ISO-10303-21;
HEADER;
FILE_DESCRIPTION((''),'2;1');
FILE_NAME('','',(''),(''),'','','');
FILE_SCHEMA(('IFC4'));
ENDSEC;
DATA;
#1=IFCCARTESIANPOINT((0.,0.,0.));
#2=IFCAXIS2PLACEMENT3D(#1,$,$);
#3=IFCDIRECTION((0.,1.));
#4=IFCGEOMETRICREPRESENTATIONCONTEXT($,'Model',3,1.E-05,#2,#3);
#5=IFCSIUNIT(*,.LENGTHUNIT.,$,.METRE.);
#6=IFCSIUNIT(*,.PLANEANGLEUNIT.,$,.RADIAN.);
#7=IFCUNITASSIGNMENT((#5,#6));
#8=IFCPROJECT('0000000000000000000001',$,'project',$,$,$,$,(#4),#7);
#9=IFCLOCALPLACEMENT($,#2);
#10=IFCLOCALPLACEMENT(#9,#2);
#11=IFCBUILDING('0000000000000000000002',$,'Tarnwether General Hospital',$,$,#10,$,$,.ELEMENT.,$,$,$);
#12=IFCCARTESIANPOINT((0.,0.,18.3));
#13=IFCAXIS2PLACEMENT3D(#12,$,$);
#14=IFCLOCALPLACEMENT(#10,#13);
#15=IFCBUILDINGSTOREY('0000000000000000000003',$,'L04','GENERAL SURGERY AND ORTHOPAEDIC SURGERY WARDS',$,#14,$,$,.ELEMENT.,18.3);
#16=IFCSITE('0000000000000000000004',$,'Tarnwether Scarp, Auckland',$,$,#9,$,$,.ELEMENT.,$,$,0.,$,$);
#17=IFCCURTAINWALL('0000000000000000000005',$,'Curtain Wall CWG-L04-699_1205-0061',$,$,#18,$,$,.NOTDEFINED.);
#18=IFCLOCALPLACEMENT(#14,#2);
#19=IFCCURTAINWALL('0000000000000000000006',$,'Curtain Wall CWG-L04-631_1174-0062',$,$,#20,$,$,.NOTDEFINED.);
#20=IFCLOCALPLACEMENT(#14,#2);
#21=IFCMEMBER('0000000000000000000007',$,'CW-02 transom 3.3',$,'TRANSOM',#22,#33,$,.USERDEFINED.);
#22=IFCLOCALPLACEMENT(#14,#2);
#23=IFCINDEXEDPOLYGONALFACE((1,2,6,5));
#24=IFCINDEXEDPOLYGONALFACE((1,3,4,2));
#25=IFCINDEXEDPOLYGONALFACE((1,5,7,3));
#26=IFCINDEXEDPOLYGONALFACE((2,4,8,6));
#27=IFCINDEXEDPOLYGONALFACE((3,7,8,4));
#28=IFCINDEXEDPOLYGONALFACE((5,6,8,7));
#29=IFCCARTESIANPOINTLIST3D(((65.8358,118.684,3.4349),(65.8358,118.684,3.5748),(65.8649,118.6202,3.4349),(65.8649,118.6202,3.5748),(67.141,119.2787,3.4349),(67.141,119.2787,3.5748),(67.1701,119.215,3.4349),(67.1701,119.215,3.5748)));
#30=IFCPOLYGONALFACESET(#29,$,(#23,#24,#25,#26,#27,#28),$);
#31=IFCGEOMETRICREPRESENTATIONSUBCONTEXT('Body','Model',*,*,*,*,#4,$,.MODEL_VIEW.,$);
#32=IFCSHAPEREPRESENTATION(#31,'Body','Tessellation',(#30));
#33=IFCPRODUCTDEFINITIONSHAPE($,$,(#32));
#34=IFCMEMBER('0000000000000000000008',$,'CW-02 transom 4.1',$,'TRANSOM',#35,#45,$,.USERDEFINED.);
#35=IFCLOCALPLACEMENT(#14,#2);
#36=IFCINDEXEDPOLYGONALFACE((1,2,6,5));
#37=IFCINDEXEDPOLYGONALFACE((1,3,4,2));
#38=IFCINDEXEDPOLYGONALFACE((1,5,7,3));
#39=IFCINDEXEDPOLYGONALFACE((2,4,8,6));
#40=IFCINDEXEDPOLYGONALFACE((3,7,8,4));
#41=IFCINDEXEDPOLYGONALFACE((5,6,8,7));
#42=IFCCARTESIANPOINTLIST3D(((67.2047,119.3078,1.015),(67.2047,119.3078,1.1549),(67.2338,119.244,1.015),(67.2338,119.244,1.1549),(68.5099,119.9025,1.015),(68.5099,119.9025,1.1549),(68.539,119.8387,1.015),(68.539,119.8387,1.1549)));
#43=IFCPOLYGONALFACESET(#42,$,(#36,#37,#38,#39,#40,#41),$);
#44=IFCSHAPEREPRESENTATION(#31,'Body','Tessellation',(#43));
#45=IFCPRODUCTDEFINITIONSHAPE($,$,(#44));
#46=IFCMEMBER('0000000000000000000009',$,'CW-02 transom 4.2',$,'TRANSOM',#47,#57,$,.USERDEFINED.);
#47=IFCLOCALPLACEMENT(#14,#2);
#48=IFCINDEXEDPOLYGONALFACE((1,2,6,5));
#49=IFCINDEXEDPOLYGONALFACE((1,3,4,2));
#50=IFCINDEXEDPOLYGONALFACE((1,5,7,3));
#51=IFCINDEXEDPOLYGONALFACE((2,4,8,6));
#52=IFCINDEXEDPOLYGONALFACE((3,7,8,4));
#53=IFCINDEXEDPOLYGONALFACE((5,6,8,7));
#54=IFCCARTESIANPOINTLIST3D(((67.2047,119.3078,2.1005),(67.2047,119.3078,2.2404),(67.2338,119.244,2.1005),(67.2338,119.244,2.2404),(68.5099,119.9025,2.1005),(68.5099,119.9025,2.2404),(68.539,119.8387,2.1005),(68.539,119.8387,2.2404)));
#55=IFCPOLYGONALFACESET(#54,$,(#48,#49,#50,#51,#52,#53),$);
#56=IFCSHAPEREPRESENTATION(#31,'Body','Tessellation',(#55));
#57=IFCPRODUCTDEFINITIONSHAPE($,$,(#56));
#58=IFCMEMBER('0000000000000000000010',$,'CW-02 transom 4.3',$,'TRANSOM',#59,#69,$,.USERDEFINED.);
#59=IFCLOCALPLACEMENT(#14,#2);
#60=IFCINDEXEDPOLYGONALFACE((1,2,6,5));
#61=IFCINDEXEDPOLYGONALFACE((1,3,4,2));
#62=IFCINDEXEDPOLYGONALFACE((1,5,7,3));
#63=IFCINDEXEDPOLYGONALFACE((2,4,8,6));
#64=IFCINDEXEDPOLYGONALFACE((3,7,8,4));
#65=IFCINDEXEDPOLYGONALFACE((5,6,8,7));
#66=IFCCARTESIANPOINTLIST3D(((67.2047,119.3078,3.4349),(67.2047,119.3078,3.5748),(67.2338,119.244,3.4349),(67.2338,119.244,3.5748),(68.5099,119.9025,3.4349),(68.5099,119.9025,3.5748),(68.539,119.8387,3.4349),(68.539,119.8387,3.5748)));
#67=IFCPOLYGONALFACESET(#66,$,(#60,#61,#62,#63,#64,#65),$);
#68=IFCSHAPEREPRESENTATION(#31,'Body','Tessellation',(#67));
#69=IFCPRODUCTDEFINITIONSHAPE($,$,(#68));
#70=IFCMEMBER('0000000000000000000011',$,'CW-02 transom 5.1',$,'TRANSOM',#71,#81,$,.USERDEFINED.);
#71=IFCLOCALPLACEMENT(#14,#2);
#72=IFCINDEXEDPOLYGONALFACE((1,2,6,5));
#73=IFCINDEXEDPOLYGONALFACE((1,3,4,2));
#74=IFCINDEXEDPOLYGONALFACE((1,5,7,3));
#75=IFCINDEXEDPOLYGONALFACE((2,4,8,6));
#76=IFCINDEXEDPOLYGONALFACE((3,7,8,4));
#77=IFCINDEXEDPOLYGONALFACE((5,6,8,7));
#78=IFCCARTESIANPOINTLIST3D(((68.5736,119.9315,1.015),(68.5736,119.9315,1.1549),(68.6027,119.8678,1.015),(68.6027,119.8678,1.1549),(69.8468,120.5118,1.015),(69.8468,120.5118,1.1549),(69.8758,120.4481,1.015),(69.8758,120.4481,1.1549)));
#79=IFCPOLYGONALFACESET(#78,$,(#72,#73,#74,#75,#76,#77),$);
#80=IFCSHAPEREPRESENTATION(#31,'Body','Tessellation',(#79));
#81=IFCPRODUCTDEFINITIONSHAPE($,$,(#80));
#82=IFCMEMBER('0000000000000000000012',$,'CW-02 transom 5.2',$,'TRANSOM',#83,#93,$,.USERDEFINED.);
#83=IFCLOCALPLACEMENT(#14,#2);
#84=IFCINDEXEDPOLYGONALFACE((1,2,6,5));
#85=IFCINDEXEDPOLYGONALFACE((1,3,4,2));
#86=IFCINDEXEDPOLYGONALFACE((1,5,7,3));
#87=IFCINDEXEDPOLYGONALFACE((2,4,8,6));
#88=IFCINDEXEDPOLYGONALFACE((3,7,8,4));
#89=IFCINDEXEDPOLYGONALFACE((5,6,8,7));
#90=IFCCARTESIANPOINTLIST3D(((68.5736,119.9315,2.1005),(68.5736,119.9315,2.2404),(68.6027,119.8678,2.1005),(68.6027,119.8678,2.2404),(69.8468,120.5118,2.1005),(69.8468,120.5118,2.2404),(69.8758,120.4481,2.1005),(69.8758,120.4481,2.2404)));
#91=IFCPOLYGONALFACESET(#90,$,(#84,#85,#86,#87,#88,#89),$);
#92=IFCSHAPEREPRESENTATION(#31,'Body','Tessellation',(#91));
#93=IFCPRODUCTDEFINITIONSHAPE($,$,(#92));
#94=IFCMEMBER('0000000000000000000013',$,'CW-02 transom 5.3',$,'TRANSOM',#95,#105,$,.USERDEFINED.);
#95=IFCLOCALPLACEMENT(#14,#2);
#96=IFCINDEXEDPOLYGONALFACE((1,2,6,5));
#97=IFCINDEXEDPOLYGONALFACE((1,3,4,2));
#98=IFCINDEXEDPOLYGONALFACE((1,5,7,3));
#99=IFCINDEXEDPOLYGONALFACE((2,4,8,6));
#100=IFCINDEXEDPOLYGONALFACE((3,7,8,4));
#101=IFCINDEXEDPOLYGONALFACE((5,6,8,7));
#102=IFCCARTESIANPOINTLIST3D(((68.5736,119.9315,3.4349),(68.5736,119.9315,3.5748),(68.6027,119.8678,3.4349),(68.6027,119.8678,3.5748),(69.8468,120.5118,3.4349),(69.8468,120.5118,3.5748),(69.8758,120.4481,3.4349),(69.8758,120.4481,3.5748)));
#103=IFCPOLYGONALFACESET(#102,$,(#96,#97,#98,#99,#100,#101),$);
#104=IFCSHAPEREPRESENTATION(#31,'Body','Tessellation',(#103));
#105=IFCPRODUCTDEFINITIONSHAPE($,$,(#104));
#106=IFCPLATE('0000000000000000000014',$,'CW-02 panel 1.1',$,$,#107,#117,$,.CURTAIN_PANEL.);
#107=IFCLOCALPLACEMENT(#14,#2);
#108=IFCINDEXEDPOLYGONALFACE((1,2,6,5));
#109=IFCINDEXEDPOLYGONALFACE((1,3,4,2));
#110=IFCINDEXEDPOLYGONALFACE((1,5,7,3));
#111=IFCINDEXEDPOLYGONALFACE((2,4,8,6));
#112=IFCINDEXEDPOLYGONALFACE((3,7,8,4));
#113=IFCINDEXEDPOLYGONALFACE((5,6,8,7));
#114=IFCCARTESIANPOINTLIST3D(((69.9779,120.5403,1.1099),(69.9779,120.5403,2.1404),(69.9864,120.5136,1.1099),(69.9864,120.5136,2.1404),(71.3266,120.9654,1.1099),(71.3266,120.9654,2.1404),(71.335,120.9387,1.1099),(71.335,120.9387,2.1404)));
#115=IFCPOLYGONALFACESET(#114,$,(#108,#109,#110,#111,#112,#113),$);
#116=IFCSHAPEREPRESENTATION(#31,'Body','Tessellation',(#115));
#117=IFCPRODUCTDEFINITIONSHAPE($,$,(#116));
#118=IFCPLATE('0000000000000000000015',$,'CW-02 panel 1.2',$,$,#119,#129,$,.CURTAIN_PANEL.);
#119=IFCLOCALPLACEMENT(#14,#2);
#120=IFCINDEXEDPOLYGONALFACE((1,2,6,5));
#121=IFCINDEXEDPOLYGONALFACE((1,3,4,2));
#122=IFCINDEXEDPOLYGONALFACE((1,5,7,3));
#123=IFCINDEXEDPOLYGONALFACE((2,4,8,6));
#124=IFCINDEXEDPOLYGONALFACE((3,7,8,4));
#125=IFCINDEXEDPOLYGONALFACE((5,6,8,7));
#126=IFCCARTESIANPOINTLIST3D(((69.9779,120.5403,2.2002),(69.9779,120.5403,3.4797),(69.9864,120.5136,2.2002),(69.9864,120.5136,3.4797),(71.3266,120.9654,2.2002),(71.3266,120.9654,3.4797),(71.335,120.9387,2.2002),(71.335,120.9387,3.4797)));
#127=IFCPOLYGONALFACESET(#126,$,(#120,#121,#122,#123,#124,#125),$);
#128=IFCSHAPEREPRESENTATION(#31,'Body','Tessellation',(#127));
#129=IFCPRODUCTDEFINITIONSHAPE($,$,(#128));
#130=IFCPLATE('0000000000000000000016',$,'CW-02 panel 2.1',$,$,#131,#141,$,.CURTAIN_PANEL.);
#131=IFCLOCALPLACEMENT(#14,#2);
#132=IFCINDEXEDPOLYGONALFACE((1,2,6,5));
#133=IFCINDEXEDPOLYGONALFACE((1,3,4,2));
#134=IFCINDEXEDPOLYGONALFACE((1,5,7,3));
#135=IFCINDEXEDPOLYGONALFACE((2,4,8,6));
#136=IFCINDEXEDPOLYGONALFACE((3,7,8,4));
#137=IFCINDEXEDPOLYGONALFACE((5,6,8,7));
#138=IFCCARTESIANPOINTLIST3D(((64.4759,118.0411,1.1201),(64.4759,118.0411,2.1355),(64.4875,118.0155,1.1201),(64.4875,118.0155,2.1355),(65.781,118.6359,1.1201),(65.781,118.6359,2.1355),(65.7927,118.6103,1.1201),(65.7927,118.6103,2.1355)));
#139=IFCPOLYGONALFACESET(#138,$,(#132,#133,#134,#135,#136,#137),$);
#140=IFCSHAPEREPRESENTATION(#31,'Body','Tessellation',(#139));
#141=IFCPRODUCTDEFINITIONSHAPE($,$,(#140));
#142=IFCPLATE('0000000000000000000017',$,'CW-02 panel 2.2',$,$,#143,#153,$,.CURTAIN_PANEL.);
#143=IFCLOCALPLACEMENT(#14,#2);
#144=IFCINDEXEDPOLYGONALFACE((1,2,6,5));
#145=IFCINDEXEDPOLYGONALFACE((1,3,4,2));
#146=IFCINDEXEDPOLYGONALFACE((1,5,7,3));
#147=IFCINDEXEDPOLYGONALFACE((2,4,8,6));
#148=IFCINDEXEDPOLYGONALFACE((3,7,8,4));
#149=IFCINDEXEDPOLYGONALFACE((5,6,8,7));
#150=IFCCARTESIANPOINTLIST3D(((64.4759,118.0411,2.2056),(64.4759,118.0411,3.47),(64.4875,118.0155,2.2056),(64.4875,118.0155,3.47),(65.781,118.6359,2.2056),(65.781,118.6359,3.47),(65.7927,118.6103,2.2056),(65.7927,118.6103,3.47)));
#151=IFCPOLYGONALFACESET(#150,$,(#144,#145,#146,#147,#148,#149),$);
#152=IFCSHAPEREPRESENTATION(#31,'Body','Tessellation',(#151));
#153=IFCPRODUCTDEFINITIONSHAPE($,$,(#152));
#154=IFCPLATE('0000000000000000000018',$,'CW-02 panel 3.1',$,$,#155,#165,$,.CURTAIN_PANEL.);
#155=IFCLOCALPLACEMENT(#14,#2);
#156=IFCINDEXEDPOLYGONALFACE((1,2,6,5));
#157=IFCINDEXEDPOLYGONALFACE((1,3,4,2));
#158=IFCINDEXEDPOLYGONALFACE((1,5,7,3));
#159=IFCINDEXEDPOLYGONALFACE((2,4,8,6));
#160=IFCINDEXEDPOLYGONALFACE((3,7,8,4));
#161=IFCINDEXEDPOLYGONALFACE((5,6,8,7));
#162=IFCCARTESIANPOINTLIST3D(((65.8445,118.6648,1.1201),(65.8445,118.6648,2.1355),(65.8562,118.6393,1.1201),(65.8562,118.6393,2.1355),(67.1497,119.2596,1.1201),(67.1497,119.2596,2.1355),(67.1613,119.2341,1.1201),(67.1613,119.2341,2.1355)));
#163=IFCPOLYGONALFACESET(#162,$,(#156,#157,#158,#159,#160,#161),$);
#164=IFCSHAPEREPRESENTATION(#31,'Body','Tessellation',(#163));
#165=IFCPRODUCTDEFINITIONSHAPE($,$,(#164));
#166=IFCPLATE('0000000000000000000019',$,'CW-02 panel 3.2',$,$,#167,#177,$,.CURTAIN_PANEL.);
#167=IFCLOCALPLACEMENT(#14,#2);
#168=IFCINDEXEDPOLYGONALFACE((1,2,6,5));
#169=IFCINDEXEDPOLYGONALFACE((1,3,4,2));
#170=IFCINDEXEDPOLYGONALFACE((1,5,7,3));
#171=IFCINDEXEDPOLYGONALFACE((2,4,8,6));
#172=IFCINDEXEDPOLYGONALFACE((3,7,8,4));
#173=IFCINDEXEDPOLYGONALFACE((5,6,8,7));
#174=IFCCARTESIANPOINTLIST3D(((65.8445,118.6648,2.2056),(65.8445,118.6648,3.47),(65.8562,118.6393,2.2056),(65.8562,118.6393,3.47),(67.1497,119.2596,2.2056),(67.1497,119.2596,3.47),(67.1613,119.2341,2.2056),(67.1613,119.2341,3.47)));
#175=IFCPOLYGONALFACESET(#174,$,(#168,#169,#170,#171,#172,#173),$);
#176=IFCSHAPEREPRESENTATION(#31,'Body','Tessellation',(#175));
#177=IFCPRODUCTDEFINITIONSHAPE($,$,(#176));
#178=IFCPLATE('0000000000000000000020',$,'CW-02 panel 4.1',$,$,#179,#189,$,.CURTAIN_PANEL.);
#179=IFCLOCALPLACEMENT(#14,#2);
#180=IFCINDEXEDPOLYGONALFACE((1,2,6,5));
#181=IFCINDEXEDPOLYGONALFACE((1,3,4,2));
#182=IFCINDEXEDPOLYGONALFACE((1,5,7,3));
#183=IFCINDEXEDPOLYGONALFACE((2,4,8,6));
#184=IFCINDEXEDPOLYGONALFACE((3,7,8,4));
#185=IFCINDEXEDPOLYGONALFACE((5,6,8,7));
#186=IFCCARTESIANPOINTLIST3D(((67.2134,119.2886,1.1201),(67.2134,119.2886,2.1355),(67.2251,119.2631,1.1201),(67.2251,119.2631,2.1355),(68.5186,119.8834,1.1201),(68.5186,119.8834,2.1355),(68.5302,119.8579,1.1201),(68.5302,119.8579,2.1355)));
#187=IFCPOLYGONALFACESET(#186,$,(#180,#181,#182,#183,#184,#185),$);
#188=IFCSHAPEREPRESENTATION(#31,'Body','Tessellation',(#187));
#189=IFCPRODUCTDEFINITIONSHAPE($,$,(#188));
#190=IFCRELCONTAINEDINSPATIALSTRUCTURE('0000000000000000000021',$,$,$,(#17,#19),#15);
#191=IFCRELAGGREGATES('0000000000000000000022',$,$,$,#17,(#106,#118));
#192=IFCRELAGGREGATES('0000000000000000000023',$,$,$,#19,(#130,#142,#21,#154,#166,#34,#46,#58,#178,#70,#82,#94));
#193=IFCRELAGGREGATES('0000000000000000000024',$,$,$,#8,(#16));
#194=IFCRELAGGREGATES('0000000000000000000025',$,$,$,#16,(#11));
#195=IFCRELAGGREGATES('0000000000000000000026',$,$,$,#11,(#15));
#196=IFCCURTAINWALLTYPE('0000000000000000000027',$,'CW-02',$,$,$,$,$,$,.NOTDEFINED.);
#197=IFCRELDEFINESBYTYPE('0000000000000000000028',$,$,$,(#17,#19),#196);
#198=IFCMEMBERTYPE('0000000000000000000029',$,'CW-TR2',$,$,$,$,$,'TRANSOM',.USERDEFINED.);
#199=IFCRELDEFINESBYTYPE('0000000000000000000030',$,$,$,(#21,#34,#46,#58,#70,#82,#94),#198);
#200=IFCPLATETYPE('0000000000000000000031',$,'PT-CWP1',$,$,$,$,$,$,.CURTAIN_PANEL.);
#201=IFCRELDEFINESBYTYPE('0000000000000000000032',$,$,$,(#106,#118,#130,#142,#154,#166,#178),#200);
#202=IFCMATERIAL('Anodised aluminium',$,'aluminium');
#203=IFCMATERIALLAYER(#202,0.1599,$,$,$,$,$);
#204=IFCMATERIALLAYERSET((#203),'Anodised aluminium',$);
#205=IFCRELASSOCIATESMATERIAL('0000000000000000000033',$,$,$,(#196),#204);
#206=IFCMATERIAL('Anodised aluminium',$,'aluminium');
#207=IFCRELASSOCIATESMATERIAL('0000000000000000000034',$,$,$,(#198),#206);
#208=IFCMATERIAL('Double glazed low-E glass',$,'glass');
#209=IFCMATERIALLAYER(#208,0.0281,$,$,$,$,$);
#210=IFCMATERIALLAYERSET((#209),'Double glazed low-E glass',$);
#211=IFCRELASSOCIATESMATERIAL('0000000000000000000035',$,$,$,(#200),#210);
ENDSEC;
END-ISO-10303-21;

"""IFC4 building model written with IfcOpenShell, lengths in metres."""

from ifc_helpers import new_model, si_unit, direction, frame, origin, origin_2d, place, context, subcontext, project, spatial, rectangle, extrude, material, layer, layer_set, material_profile, profile_set, type_object, element, aggregate, save


model = new_model("IFC4")

# Units and contexts
model_context = context("Model", 3, precision=1e-05, world=origin(), true_north=direction((0.0, 1.0)))
body_context = subcontext(model_context, "Body", "Model", "MODEL_VIEW")
ifc_project = project(units=[si_unit("LENGTHUNIT", "METRE"), si_unit("PLANEANGLEUNIT", "RADIAN")], contexts=[model_context])

# Site, building, storey
site_placement = place(None, origin())
site = spatial("IfcSite", under=ifc_project, at=site_placement, Name="Tarnwether Scarp, Auckland", CompositionType="ELEMENT", RefElevation=0.0)
building_placement = place(site_placement, origin())
building = spatial("IfcBuilding", under=site, at=building_placement, Name="Tarnwether General Hospital", CompositionType="ELEMENT")
storey_placement = place(building_placement, frame((0.0, 0.0, 18.3)))
storey = spatial("IfcBuildingStorey", under=building, at=storey_placement, Name="L04", Description="GENERAL SURGERY AND ORTHOPAEDIC SURGERY WARDS", CompositionType="ELEMENT", Elevation=18.3)

# Curtain walls
ifc_material_1 = material(Name="Anodised aluminium", Category="aluminium")
ifc_layer_1 = layer(ifc_material_1, 0.1599)
ifc_layer_set_1 = layer_set([ifc_layer_1], Name="Anodised aluminium")
curtain_wall_type = type_object("IfcCurtainWallType", Name="CW-02", PredefinedType="NOTDEFINED", material=ifc_layer_set_1)
curtain_wall_1_placement = place(storey_placement, origin())
curtain_wall_1 = element("IfcCurtainWall", 1, at=curtain_wall_1_placement, inside=storey, type_object=curtain_wall_type, Name="Curtain Wall CWG-L04-699_1205-0061", PredefinedType="NOTDEFINED")
curtain_wall_2_placement = place(storey_placement, origin())
curtain_wall_2 = element("IfcCurtainWall", 2, at=curtain_wall_2_placement, inside=storey, type_object=curtain_wall_type, Name="Curtain Wall CWG-L04-631_1174-0062", PredefinedType="NOTDEFINED")

# Members
ifc_material_2 = material(Name="Anodised aluminium", Category="aluminium")
ifc_material_profile_1 = material_profile(ifc_material_2, rectangle(XDim=0.0701, YDim=0.1399, at=origin_2d()), Name="ALU-TRN-70x140")
ifc_profile_set_1 = profile_set([ifc_material_profile_1], Name="Anodised aluminium")
member_type_1 = type_object("IfcMemberType", Name="CW-TR2", ElementType="TRANSOM", PredefinedType="USERDEFINED", material=ifc_profile_set_1)
member_1_placement = place(storey_placement, frame((65.8503, 118.6521, 3.5049), z_axis=(0.909981, 0.414649, 0.0), x_axis=(-0.414649, 0.909981, 0.0)))
member_1 = element("IfcMember", 3, at=member_1_placement, type_object=member_type_1, Name="CW-02 transom 3.3", ObjectType="TRANSOM", PredefinedType="USERDEFINED", context=body_context, shape_type="SweptSolid", body=[
    extrude(rectangle(XDim=0.0701, YDim=0.1399, at=origin_2d()), origin(), (0.0, 0.0, 1.0), 1.4343),
])
member_2_placement = place(storey_placement, frame((67.2192, 119.2759, 1.085), z_axis=(0.909981, 0.414649, 0.0), x_axis=(-0.414649, 0.909981, 0.0)))
member_2 = element("IfcMember", 4, at=member_2_placement, type_object=member_type_1, Name="CW-02 transom 4.1", ObjectType="TRANSOM", PredefinedType="USERDEFINED", context=body_context, shape_type="SweptSolid", body=[
    extrude(rectangle(XDim=0.0701, YDim=0.1399, at=origin_2d()), origin(), (0.0, 0.0, 1.0), 1.4343),
])
member_3_placement = place(storey_placement, frame((67.2192, 119.2759, 2.1704), z_axis=(0.909981, 0.414649, 0.0), x_axis=(-0.414649, 0.909981, 0.0)))
member_3 = element("IfcMember", 5, at=member_3_placement, type_object=member_type_1, Name="CW-02 transom 4.2", ObjectType="TRANSOM", PredefinedType="USERDEFINED", context=body_context, shape_type="SweptSolid", body=[
    extrude(rectangle(XDim=0.0701, YDim=0.1399, at=origin_2d()), origin(), (0.0, 0.0, 1.0), 1.4343),
])
member_4_placement = place(storey_placement, frame((67.2192, 119.2759, 3.5049), z_axis=(0.909981, 0.414649, 0.0), x_axis=(-0.414649, 0.909981, 0.0)))
member_4 = element("IfcMember", 6, at=member_4_placement, type_object=member_type_1, Name="CW-02 transom 4.3", ObjectType="TRANSOM", PredefinedType="USERDEFINED", context=body_context, shape_type="SweptSolid", body=[
    extrude(rectangle(XDim=0.0701, YDim=0.1399, at=origin_2d()), origin(), (0.0, 0.0, 1.0), 1.4343),
])
member_5_placement = place(storey_placement, frame((68.5881, 119.8997, 1.085), z_axis=(0.909936, 0.414749, 0.0), x_axis=(-0.414749, 0.909936, 0.0)))
member_5 = element("IfcMember", 7, at=member_5_placement, type_object=member_type_1, Name="CW-02 transom 5.1", ObjectType="TRANSOM", PredefinedType="USERDEFINED", context=body_context, shape_type="SweptSolid", body=[
    extrude(rectangle(XDim=0.0701, YDim=0.1399, at=origin_2d()), origin(), (0.0, 0.0, 1.0), 1.3992),
])
member_6_placement = place(storey_placement, frame((68.5881, 119.8997, 2.1704), z_axis=(0.909936, 0.414749, 0.0), x_axis=(-0.414749, 0.909936, 0.0)))
member_6 = element("IfcMember", 8, at=member_6_placement, type_object=member_type_1, Name="CW-02 transom 5.2", ObjectType="TRANSOM", PredefinedType="USERDEFINED", context=body_context, shape_type="SweptSolid", body=[
    extrude(rectangle(XDim=0.0701, YDim=0.1399, at=origin_2d()), origin(), (0.0, 0.0, 1.0), 1.3992),
])
member_7_placement = place(storey_placement, frame((68.5881, 119.8997, 3.5049), z_axis=(0.909936, 0.414749, 0.0), x_axis=(-0.414749, 0.909936, 0.0)))
member_7 = element("IfcMember", 9, at=member_7_placement, type_object=member_type_1, Name="CW-02 transom 5.3", ObjectType="TRANSOM", PredefinedType="USERDEFINED", context=body_context, shape_type="SweptSolid", body=[
    extrude(rectangle(XDim=0.0701, YDim=0.1399, at=origin_2d()), origin(), (0.0, 0.0, 1.0), 1.3992),
])

# Plates
ifc_material_3 = material(Name="Double glazed low-E glass", Category="glass")
ifc_layer_2 = layer(ifc_material_3, 0.0281)
ifc_layer_set_2 = layer_set([ifc_layer_2], Name="Double glazed low-E glass")
plate_type_1 = type_object("IfcPlateType", Name="PT-CWP1", PredefinedType="CURTAIN_PANEL", material=ifc_layer_set_2)
plate_1_placement = place(storey_placement, frame((70.6565, 120.7395, 1.1099), z_axis=(0.0, 0.0, 1.0), x_axis=(0.953741, 0.300629, 0.0)))
plate_1 = element("IfcPlate", 10, at=plate_1_placement, type_object=plate_type_1, Name="CW-02 panel 1.1", PredefinedType="CURTAIN_PANEL", context=body_context, shape_type="SweptSolid", body=[
    extrude(rectangle(XDim=1.4141, YDim=0.0281, at=origin_2d()), origin(), (0.0, 0.0, 1.0), 1.0305),
])
plate_2_placement = place(storey_placement, frame((70.6565, 120.7395, 2.2002), z_axis=(0.0, 0.0, 1.0), x_axis=(0.953741, 0.300629, 0.0)))
plate_2 = element("IfcPlate", 11, at=plate_2_placement, type_object=plate_type_1, Name="CW-02 panel 1.2", PredefinedType="CURTAIN_PANEL", context=body_context, shape_type="SweptSolid", body=[
    extrude(rectangle(XDim=1.4141, YDim=0.0281, at=origin_2d()), origin(), (0.0, 0.0, 1.0), 1.2795),
])
aggregate(curtain_wall_1, [plate_1, plate_2])
plate_3_placement = place(storey_placement, frame((65.1343, 118.3257, 1.1201), z_axis=(0.0, 0.0, 1.0), x_axis=(0.909961, 0.414694, 0.0)))
plate_3 = element("IfcPlate", 12, at=plate_3_placement, type_object=plate_type_1, Name="CW-02 panel 2.1", PredefinedType="CURTAIN_PANEL", context=body_context, shape_type="SweptSolid", body=[
    extrude(rectangle(XDim=1.4343, YDim=0.0281, at=origin_2d()), origin(), (0.0, 0.0, 1.0), 1.0154),
])
plate_4_placement = place(storey_placement, frame((65.1343, 118.3257, 2.2056), z_axis=(0.0, 0.0, 1.0), x_axis=(0.909961, 0.414694, 0.0)))
plate_4 = element("IfcPlate", 13, at=plate_4_placement, type_object=plate_type_1, Name="CW-02 panel 2.2", PredefinedType="CURTAIN_PANEL", context=body_context, shape_type="SweptSolid", body=[
    extrude(rectangle(XDim=1.4343, YDim=0.0281, at=origin_2d()), origin(), (0.0, 0.0, 1.0), 1.2644),
])
plate_5_placement = place(storey_placement, frame((66.5029, 118.9495, 1.1201), z_axis=(0.0, 0.0, 1.0), x_axis=(0.909961, 0.414694, 0.0)))
plate_5 = element("IfcPlate", 14, at=plate_5_placement, type_object=plate_type_1, Name="CW-02 panel 3.1", PredefinedType="CURTAIN_PANEL", context=body_context, shape_type="SweptSolid", body=[
    extrude(rectangle(XDim=1.4343, YDim=0.0281, at=origin_2d()), origin(), (0.0, 0.0, 1.0), 1.0154),
])
plate_6_placement = place(storey_placement, frame((66.5029, 118.9495, 2.2056), z_axis=(0.0, 0.0, 1.0), x_axis=(0.909961, 0.414694, 0.0)))
plate_6 = element("IfcPlate", 15, at=plate_6_placement, type_object=plate_type_1, Name="CW-02 panel 3.2", PredefinedType="CURTAIN_PANEL", context=body_context, shape_type="SweptSolid", body=[
    extrude(rectangle(XDim=1.4343, YDim=0.0281, at=origin_2d()), origin(), (0.0, 0.0, 1.0), 1.2644),
])
plate_7_placement = place(storey_placement, frame((67.8718, 119.5732, 1.1201), z_axis=(0.0, 0.0, 1.0), x_axis=(0.909961, 0.414694, 0.0)))
plate_7 = element("IfcPlate", 16, at=plate_7_placement, type_object=plate_type_1, Name="CW-02 panel 4.1", PredefinedType="CURTAIN_PANEL", context=body_context, shape_type="SweptSolid", body=[
    extrude(rectangle(XDim=1.4343, YDim=0.0281, at=origin_2d()), origin(), (0.0, 0.0, 1.0), 1.0154),
])
aggregate(curtain_wall_2, [plate_3, plate_4, member_1, plate_5, plate_6, member_2, member_3, member_4, plate_7, member_5, member_6, member_7])

save(model, "model.ifc")
